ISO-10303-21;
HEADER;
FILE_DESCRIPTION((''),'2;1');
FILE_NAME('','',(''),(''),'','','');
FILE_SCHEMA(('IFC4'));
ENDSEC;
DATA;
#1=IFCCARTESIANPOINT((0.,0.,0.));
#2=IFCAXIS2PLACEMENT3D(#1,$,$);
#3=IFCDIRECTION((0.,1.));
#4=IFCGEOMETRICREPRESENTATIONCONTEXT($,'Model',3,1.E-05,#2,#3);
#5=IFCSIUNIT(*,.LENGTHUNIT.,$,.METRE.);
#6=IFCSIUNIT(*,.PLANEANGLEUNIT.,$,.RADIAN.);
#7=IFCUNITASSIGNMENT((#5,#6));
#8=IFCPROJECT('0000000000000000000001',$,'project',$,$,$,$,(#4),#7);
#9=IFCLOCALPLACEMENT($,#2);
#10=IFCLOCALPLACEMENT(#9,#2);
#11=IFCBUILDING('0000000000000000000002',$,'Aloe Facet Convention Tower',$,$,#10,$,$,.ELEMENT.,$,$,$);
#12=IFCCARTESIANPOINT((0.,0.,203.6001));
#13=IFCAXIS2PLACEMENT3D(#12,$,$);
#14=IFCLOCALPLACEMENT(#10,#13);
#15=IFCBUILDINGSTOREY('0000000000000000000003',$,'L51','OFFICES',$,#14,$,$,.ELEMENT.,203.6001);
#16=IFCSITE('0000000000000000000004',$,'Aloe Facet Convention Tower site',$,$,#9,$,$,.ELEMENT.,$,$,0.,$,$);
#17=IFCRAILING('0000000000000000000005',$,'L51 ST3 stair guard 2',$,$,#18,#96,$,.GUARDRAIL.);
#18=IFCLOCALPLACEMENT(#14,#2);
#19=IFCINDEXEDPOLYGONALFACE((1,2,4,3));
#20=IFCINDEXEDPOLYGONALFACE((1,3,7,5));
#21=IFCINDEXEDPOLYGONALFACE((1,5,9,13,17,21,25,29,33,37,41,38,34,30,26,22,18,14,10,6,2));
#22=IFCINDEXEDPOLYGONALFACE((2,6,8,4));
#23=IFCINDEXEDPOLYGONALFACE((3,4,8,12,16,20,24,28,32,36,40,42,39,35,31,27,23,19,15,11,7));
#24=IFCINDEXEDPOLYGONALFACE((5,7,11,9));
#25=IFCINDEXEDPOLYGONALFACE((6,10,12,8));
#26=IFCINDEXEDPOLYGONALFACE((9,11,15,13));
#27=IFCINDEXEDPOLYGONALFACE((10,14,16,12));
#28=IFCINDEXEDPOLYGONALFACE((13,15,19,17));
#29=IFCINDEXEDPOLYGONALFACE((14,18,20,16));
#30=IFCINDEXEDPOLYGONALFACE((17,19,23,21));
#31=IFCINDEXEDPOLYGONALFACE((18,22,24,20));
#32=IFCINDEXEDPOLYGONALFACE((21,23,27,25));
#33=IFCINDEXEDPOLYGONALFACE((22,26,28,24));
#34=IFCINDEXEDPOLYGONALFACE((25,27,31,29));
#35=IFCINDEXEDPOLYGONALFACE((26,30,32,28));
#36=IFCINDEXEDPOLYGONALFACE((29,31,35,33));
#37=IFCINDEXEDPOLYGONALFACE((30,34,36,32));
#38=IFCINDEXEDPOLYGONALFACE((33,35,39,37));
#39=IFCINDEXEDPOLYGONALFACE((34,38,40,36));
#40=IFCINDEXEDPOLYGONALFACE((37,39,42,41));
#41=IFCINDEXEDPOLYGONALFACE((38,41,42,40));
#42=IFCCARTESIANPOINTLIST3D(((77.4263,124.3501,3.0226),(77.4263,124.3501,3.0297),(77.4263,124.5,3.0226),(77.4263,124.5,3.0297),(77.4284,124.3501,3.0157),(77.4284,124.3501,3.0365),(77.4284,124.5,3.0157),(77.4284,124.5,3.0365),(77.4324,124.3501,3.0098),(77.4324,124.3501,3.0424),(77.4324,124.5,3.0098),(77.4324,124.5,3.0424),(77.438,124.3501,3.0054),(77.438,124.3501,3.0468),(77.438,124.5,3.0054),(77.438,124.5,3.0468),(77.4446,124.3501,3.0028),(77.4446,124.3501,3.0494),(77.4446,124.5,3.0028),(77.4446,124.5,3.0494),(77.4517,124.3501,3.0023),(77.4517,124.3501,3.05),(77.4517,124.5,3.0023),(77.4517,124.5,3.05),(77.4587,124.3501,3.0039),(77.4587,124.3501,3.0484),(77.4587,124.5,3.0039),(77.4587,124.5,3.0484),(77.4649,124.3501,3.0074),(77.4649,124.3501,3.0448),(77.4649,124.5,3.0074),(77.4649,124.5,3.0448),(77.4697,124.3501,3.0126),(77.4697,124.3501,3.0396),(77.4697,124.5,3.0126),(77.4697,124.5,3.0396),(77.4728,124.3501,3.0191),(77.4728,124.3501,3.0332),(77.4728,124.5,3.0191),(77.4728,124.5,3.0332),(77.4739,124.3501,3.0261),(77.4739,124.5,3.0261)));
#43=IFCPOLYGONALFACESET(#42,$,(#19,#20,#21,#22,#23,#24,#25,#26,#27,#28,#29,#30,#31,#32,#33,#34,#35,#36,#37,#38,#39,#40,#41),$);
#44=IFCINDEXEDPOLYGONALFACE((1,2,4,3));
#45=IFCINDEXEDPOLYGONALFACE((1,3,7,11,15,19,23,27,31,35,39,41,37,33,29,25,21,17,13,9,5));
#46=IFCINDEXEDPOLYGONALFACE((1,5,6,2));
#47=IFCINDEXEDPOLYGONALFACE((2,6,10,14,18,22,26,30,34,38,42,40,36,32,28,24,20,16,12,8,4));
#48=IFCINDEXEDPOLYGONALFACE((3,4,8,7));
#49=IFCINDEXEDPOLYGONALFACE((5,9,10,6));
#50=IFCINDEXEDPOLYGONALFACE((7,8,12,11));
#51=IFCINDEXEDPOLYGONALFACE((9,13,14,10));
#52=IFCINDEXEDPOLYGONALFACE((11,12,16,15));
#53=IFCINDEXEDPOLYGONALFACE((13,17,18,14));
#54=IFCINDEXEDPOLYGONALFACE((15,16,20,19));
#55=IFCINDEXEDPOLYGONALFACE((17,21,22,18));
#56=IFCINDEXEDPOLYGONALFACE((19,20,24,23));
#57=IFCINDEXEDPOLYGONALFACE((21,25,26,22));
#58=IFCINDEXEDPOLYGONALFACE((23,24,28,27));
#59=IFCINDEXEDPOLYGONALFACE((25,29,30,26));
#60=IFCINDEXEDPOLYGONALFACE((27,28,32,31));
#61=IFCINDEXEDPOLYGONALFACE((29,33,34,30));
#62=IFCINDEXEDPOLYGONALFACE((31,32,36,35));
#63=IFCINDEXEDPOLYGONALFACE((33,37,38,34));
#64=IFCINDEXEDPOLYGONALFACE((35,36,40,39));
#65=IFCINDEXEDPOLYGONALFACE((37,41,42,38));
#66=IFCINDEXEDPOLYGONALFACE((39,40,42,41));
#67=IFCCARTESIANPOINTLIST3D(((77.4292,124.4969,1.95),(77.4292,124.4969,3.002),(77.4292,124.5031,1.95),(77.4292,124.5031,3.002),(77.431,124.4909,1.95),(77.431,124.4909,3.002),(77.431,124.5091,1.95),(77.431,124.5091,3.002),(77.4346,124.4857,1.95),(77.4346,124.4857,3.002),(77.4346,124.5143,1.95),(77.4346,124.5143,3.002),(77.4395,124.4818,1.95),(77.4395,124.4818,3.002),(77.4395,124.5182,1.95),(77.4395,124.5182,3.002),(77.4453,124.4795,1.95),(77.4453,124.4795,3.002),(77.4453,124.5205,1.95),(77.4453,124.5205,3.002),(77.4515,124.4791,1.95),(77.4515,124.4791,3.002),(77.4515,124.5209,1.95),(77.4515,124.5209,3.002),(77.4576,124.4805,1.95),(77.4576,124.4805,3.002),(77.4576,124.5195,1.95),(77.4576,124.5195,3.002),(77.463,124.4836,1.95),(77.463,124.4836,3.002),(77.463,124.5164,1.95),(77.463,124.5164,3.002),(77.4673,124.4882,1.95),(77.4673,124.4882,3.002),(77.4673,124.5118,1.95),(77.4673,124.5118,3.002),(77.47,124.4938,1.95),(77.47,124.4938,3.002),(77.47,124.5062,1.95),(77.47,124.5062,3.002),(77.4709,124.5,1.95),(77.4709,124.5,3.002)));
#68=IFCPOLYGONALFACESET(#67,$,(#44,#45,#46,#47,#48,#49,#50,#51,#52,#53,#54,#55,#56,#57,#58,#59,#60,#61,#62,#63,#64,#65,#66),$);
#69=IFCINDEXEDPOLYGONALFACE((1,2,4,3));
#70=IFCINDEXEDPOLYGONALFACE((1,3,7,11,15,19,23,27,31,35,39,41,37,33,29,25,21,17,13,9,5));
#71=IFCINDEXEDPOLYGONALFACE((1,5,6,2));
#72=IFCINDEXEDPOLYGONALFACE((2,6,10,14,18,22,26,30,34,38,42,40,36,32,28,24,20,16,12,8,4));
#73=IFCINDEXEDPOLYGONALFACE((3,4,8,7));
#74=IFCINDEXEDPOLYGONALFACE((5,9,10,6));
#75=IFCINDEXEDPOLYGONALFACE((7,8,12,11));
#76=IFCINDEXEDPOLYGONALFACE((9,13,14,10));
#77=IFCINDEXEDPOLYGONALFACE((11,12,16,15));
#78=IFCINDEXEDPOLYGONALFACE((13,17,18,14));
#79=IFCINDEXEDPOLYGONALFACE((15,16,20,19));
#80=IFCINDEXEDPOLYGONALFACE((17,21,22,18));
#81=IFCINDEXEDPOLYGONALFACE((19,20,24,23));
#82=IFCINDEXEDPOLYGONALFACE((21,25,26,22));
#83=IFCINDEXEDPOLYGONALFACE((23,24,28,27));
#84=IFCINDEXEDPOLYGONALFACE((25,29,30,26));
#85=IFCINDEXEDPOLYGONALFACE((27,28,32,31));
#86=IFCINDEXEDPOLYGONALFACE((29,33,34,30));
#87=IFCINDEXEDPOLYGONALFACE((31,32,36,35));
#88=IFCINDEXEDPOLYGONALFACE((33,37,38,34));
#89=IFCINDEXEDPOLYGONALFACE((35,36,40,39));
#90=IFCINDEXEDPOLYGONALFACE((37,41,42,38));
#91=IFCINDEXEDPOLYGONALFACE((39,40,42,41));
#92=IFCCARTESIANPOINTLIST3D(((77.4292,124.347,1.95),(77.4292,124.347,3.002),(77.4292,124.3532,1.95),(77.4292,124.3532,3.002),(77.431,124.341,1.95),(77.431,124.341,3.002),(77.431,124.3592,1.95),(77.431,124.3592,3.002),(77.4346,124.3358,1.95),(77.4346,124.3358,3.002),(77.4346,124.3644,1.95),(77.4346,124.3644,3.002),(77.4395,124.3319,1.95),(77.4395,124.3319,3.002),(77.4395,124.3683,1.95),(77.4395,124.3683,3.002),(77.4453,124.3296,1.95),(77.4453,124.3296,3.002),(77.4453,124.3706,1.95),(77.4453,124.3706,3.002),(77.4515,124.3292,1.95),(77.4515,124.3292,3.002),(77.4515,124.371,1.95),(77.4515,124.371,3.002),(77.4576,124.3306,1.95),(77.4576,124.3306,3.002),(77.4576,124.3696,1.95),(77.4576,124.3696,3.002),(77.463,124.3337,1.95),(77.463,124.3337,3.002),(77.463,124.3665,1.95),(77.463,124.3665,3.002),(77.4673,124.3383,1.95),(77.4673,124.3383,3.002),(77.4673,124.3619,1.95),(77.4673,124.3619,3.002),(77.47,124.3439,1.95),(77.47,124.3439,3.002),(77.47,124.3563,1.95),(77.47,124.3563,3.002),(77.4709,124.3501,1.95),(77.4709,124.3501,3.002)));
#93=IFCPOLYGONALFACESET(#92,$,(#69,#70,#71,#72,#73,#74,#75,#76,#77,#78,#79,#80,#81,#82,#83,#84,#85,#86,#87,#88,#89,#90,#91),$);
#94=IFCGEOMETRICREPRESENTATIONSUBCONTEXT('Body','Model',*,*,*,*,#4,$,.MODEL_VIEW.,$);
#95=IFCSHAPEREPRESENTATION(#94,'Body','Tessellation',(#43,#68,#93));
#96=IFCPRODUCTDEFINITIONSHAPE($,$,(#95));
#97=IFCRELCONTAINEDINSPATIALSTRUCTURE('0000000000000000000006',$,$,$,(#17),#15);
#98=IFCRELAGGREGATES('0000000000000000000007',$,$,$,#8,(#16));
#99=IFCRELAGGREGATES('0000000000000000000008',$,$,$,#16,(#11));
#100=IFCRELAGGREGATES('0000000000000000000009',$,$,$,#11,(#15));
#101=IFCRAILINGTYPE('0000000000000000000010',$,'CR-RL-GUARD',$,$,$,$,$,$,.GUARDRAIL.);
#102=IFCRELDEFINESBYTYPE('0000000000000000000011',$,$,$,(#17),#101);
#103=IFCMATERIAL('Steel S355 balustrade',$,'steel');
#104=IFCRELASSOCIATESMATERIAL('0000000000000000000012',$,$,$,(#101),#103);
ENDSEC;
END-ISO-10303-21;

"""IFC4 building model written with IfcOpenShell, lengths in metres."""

from ifc_helpers import new_model, si_unit, direction, frame, origin, origin_2d, place, context, subcontext, project, spatial, circle, extrude, material, type_object, element, save


model = new_model("IFC4")

# Units and contexts
model_context = context("Model", 3, precision=1e-05, world=origin(), true_north=direction((0.0, 1.0)))
body_context = subcontext(model_context, "Body", "Model", "MODEL_VIEW")
ifc_project = project(units=[si_unit("LENGTHUNIT", "METRE"), si_unit("PLANEANGLEUNIT", "RADIAN")], contexts=[model_context])

# Site, building, storey
site_placement = place(None, origin())
site = spatial("IfcSite", under=ifc_project, at=site_placement, Name="Aloe Facet Convention Tower site", CompositionType="ELEMENT", RefElevation=0.0)
building_placement = place(site_placement, origin())
building = spatial("IfcBuilding", under=site, at=building_placement, Name="Aloe Facet Convention Tower", CompositionType="ELEMENT")
storey_placement = place(building_placement, frame((0.0, 0.0, 203.6001)))
storey = spatial("IfcBuildingStorey", under=building, at=storey_placement, Name="L51", Description="OFFICES", CompositionType="ELEMENT", Elevation=203.6001)

# Railing
ifc_material_1 = material(Name="Steel S355 balustrade", Category="steel")
railing_type_1 = type_object("IfcRailingType", Name="CR-RL-GUARD", PredefinedType="GUARDRAIL", material=ifc_material_1)
railing_1_placement = place(storey_placement, frame((77.45, 124.5, 1.95)))
element("IfcRailing", 1, at=railing_1_placement, inside=storey, type_object=railing_type_1, Name="L51 ST3 stair guard 2", PredefinedType="GUARDRAIL", context=body_context, shape_type="SweptSolid", body=[
    extrude(circle(Radius=0.0239, at=origin_2d()), frame((0.0, 0.0, 1.0762), z_axis=(0.0, -1.0, 0.0), x_axis=(1.0, 0.0, 0.0)), (0.0, 0.0, 1.0), 0.1499),
    extrude(circle(Radius=0.021, at=origin_2d()), origin(), (0.0, 0.0, 1.0), 1.052),
    extrude(circle(Radius=0.021, at=origin_2d()), frame((0.0, -0.1499, 0.0)), (0.0, 0.0, 1.0), 1.052),
])

save(model, "model.ifc")
